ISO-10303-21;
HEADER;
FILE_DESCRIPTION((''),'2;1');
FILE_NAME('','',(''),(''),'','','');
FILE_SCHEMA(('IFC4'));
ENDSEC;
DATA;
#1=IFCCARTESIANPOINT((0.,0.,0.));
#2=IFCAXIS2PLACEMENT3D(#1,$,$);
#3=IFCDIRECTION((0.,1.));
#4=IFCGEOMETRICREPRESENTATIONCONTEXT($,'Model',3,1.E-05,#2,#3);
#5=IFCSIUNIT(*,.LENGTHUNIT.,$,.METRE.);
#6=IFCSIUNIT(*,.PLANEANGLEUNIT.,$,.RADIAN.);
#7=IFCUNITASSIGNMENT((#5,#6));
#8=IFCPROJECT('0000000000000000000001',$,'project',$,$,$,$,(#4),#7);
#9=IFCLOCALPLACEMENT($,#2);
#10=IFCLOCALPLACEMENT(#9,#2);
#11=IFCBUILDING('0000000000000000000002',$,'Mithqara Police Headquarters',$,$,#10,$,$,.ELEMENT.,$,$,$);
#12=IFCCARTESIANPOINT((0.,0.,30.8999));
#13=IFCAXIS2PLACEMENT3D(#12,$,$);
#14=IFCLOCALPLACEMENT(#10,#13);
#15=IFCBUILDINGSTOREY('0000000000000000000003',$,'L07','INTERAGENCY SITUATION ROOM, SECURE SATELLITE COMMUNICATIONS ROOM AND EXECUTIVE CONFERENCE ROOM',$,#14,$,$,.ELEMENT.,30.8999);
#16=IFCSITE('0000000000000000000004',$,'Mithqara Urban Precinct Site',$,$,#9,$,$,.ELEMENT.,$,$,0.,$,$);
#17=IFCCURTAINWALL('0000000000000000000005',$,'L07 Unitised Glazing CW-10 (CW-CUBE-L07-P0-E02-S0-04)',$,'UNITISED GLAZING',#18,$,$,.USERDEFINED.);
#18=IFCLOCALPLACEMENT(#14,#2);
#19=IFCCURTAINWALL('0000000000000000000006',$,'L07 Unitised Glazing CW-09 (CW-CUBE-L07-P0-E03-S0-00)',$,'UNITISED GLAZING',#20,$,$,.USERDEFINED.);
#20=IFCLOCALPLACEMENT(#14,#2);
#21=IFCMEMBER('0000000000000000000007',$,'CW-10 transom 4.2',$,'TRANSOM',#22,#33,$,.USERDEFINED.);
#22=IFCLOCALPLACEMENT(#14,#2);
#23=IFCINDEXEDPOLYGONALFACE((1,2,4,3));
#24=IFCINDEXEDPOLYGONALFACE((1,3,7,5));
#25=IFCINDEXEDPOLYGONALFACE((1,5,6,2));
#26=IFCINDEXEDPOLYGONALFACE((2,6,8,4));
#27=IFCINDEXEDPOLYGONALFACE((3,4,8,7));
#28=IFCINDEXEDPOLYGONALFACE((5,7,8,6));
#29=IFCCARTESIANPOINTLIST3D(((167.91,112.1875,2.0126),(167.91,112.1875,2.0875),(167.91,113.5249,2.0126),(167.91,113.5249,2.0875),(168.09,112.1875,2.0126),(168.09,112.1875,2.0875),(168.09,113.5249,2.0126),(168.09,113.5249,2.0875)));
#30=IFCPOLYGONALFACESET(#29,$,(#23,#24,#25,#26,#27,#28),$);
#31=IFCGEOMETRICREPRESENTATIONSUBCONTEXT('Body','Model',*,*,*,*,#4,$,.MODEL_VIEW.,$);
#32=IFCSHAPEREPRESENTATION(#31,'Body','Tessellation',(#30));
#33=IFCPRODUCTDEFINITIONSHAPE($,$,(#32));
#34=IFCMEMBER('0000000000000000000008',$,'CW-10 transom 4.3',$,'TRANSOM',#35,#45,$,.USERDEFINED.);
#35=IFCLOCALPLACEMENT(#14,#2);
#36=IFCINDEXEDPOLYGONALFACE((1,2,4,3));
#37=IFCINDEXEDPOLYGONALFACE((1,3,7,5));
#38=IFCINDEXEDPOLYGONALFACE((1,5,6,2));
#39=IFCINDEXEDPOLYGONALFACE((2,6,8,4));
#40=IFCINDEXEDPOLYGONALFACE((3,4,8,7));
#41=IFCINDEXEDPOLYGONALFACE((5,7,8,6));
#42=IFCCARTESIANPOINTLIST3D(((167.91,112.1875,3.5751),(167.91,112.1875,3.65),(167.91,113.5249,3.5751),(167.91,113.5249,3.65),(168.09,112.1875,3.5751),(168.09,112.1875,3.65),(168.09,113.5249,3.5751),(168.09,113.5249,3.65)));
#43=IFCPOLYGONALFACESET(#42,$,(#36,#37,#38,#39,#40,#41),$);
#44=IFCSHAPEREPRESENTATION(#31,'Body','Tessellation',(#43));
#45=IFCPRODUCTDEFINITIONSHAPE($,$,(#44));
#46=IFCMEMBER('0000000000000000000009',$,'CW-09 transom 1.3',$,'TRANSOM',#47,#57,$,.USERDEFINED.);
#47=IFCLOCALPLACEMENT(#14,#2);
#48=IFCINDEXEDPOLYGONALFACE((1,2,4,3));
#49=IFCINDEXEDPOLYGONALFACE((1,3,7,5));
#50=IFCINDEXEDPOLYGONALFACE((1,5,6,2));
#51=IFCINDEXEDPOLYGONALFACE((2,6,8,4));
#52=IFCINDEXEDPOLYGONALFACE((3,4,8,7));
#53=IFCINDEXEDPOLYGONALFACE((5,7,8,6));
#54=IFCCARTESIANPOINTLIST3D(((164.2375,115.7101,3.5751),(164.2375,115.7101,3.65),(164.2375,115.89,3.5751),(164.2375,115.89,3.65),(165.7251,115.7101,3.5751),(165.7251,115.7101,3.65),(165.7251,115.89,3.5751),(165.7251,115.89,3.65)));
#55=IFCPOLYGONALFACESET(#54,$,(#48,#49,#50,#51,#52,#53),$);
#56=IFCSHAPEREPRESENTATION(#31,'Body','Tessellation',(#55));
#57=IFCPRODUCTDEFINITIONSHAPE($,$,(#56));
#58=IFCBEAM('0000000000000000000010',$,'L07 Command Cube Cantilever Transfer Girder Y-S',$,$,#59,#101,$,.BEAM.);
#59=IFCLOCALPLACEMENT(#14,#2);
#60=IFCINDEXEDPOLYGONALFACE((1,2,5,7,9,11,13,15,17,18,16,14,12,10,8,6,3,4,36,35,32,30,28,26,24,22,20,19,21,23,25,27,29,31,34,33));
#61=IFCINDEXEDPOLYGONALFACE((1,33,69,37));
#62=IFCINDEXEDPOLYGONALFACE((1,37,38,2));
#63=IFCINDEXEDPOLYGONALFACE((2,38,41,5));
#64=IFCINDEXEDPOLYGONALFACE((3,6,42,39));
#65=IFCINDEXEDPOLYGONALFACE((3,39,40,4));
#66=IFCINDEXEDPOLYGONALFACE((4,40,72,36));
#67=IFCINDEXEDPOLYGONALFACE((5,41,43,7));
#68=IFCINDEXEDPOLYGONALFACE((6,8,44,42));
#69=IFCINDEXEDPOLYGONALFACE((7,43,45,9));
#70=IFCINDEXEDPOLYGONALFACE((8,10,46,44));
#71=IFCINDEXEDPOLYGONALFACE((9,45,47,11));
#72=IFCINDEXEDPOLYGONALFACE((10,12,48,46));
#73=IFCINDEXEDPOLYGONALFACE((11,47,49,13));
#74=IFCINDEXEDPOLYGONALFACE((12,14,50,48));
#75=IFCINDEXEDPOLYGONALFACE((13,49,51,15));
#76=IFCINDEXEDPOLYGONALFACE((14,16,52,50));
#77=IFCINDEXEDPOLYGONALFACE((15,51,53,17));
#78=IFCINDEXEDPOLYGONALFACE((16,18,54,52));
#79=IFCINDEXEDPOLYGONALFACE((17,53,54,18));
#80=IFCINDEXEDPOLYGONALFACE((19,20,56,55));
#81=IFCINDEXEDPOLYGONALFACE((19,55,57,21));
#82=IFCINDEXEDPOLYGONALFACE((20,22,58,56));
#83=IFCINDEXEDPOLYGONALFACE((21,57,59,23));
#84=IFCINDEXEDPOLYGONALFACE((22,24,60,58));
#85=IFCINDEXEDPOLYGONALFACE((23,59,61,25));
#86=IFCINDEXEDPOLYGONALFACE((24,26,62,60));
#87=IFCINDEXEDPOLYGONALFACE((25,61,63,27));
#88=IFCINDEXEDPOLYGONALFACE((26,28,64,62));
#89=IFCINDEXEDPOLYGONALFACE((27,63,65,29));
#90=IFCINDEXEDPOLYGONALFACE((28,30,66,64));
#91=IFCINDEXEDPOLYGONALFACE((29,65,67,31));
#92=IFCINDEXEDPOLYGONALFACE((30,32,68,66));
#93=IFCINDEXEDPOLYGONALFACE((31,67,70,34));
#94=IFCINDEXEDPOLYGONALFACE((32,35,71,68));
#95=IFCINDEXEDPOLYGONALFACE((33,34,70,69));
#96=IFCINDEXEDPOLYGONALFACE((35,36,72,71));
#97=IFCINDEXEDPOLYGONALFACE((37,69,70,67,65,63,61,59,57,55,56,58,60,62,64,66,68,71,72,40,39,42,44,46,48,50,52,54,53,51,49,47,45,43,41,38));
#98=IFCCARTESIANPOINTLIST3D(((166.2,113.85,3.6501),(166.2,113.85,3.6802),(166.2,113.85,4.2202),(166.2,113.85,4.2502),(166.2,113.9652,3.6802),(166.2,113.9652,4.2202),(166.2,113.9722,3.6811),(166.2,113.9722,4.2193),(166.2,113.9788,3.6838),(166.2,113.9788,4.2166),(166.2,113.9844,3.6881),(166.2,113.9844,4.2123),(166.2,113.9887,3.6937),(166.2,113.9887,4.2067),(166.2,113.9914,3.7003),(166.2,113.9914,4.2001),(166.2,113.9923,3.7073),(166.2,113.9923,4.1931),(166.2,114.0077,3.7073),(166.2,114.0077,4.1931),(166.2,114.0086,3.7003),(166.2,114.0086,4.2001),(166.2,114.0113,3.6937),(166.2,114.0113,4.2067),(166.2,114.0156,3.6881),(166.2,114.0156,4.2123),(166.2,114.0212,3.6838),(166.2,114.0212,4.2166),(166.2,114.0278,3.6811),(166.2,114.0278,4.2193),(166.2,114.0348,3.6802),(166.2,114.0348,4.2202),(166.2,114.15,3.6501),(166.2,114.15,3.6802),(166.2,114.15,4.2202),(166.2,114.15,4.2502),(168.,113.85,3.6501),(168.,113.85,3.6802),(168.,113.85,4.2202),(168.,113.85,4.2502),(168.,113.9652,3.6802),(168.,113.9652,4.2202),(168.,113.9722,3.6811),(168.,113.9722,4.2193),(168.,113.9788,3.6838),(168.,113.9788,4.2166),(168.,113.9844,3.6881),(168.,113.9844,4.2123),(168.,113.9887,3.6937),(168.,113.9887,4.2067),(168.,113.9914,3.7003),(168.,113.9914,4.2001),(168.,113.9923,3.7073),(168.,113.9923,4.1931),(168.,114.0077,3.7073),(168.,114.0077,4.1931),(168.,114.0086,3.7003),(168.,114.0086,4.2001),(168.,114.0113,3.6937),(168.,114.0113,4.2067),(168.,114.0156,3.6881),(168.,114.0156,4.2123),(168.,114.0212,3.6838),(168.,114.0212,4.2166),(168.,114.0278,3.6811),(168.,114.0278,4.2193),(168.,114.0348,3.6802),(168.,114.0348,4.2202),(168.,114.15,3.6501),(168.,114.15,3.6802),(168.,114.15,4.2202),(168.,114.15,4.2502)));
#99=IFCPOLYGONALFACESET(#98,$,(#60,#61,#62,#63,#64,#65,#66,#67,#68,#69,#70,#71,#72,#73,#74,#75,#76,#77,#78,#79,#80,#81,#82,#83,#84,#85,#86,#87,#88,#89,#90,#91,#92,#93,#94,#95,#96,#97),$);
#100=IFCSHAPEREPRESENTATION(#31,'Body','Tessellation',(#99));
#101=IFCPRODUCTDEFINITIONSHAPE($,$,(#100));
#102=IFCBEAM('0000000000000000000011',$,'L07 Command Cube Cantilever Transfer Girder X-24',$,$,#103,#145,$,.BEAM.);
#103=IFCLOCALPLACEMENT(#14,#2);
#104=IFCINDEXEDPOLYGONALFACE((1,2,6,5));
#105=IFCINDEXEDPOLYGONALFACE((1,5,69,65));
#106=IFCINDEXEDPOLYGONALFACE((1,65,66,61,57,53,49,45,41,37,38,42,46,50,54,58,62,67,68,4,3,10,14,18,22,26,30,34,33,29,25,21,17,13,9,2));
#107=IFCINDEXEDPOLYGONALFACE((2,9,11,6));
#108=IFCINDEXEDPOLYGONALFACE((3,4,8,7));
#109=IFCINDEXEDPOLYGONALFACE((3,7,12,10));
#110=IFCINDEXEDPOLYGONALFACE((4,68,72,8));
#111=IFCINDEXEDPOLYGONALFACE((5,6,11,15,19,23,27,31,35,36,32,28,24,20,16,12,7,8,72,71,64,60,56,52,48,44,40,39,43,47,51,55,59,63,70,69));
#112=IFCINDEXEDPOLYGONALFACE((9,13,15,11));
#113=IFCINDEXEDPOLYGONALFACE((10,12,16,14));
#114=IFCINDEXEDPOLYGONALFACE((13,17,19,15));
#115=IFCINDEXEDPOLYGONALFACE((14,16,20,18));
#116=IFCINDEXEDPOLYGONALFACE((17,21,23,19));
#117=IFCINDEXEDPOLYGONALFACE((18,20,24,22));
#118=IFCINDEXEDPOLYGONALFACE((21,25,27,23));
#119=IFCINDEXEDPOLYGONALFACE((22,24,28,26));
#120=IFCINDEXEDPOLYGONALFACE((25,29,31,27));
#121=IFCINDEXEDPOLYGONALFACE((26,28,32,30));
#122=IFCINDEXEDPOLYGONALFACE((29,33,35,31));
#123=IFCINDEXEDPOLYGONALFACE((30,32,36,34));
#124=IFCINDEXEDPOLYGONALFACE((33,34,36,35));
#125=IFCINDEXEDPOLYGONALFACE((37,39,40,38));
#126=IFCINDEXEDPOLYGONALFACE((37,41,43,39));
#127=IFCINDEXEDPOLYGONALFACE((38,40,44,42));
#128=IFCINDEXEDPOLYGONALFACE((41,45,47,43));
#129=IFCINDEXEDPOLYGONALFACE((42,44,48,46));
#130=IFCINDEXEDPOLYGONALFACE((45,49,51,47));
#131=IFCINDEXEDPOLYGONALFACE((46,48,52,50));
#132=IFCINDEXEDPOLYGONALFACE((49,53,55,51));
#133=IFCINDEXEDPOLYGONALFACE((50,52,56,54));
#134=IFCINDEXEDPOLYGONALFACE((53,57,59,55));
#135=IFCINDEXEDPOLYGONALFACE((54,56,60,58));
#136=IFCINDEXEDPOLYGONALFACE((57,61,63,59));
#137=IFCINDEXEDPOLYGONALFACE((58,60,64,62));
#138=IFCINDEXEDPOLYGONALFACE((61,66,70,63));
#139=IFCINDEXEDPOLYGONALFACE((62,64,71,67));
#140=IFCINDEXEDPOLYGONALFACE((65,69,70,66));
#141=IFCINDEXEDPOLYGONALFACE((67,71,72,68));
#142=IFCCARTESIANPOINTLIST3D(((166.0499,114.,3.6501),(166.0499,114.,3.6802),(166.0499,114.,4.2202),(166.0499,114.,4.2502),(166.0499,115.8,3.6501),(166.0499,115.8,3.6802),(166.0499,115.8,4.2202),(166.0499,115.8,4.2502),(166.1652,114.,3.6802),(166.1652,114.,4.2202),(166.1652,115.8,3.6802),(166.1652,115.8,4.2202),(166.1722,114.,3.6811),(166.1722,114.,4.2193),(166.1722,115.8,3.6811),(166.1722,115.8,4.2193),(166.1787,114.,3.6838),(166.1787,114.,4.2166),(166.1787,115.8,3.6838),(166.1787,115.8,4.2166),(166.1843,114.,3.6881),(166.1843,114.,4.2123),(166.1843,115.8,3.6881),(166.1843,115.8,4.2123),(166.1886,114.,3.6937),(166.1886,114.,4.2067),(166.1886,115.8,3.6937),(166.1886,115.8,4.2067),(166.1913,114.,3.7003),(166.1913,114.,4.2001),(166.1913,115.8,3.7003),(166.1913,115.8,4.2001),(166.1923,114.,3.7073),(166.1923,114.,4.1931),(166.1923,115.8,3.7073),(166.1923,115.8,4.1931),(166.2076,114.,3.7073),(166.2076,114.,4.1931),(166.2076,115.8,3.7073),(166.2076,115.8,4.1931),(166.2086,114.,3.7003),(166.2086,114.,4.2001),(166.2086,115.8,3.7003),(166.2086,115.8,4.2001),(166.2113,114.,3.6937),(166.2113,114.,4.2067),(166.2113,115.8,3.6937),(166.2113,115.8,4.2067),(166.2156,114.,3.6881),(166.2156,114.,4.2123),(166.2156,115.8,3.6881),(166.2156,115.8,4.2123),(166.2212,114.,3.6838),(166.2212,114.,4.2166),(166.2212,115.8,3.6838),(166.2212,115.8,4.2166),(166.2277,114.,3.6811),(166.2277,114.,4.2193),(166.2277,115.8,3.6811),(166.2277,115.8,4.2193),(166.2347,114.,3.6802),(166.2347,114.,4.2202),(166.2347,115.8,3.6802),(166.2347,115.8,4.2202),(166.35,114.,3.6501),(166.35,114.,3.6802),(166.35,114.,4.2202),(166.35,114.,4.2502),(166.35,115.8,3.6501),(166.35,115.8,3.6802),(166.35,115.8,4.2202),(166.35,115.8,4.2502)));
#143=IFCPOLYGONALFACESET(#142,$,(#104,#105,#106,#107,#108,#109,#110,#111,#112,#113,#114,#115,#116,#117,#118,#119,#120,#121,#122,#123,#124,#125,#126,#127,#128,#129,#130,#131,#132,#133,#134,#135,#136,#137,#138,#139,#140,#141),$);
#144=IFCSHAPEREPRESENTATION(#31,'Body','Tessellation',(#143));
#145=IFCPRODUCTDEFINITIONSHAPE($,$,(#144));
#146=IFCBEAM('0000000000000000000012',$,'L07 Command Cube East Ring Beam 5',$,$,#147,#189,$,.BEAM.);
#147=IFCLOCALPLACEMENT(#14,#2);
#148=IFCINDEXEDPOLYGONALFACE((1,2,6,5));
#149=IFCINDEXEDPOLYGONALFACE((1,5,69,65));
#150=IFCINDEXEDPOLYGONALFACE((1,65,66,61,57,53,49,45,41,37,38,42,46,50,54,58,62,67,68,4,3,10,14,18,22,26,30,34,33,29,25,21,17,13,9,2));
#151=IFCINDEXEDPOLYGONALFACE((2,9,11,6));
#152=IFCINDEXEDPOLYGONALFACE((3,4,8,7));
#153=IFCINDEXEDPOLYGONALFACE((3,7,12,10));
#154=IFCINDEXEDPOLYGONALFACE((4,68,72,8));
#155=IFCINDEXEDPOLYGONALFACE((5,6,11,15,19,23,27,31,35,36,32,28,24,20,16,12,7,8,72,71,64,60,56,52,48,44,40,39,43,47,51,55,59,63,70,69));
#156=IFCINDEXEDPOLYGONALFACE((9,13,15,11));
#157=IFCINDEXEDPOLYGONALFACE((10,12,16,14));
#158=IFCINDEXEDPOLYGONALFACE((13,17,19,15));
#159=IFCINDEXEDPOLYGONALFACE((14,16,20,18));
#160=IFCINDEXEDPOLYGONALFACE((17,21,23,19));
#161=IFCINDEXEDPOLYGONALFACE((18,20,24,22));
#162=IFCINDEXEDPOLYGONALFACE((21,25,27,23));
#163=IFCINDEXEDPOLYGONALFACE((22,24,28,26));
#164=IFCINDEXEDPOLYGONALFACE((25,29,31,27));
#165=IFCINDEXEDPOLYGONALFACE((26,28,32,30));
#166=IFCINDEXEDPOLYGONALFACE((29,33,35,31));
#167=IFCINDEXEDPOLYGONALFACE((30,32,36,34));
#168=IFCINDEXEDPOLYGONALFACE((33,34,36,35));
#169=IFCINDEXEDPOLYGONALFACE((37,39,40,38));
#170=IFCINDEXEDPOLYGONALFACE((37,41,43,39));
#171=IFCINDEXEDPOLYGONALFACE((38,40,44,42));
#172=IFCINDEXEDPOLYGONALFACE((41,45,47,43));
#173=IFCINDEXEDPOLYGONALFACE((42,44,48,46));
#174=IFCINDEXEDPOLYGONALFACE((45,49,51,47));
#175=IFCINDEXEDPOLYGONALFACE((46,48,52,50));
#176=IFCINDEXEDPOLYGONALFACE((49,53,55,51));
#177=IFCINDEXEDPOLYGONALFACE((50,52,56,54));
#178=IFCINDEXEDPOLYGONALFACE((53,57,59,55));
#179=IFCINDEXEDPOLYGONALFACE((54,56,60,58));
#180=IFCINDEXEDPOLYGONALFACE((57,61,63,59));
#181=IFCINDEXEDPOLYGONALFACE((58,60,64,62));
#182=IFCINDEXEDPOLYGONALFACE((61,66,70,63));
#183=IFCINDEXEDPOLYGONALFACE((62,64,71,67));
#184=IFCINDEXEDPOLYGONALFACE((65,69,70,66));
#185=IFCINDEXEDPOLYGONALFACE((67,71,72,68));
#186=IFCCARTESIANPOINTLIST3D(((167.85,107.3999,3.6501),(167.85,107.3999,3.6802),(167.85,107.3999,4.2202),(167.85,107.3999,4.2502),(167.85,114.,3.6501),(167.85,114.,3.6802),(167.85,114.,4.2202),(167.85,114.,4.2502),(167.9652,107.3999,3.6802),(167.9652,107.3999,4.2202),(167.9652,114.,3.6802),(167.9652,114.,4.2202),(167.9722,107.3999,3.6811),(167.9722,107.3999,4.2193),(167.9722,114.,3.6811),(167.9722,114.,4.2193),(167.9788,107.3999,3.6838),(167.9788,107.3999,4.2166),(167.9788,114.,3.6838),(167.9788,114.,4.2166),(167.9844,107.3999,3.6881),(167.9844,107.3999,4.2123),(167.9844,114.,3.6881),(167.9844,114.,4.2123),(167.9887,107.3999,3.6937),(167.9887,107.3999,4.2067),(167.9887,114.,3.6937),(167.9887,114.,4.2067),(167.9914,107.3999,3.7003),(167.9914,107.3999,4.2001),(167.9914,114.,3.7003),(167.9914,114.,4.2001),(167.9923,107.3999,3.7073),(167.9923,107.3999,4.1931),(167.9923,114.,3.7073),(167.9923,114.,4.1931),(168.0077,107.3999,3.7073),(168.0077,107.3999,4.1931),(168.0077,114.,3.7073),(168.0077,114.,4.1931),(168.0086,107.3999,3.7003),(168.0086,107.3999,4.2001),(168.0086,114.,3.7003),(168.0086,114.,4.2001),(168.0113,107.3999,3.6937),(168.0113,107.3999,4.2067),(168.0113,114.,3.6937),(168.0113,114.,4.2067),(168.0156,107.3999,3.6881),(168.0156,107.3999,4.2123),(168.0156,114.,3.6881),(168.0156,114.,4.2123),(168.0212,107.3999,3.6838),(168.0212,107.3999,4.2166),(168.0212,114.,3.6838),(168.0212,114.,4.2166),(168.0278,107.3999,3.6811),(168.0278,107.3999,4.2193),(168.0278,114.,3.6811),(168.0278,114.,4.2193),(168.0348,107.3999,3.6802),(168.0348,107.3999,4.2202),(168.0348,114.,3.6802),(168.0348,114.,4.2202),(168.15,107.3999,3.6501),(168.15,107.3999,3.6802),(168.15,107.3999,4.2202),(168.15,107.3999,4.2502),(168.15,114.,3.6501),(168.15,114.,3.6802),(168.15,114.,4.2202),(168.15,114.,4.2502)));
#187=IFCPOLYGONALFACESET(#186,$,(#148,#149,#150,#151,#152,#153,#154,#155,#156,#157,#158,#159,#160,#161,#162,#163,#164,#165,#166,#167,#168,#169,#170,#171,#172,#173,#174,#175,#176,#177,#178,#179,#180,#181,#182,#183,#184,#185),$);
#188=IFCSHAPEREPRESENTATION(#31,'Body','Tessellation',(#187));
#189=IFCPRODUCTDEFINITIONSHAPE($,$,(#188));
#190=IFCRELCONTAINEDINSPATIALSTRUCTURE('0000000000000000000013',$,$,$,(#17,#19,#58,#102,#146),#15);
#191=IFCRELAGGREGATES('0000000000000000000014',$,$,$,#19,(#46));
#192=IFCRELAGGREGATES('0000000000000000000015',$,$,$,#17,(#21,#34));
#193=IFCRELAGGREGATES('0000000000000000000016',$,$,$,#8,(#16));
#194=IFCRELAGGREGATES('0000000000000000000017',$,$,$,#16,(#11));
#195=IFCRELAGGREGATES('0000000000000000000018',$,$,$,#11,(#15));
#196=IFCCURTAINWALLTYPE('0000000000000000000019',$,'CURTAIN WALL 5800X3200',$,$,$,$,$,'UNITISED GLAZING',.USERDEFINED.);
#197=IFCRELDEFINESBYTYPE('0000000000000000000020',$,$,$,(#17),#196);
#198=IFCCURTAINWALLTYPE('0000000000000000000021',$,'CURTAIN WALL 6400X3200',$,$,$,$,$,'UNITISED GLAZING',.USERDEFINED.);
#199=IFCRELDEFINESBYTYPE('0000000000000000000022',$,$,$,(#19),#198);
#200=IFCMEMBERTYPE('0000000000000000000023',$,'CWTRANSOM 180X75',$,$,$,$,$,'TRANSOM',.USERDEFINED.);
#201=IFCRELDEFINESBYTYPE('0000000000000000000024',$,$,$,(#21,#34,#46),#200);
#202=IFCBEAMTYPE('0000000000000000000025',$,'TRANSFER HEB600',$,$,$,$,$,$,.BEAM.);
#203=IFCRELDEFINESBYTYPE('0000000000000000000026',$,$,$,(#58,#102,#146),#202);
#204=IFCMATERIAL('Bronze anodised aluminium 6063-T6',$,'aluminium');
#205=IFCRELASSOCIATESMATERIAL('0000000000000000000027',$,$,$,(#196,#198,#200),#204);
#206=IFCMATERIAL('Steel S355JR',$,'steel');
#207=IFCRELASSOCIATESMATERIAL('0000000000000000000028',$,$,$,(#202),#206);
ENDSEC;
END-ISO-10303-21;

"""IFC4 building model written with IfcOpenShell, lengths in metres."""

from ifc_helpers import new_model, si_unit, direction, frame, origin, origin_2d, place, context, subcontext, project, spatial, rectangle, i_section, extrude, material, material_profile, profile_set, type_object, element, aggregate, save


model = new_model("IFC4")

# Units and contexts
model_context = context("Model", 3, precision=1e-05, world=origin(), true_north=direction((0.0, 1.0)))
body_context = subcontext(model_context, "Body", "Model", "MODEL_VIEW")
ifc_project = project(units=[si_unit("LENGTHUNIT", "METRE"), si_unit("PLANEANGLEUNIT", "RADIAN")], contexts=[model_context])

# Site, building, storey
site_placement = place(None, origin())
site = spatial("IfcSite", under=ifc_project, at=site_placement, Name="Mithqara Urban Precinct Site", CompositionType="ELEMENT", RefElevation=0.0)
building_placement = place(site_placement, origin())
building = spatial("IfcBuilding", under=site, at=building_placement, Name="Mithqara Police Headquarters", CompositionType="ELEMENT")
storey_placement = place(building_placement, frame((0.0, 0.0, 30.8999)))
storey = spatial("IfcBuildingStorey", under=building, at=storey_placement, Name="L07", Description="INTERAGENCY SITUATION ROOM, SECURE SATELLITE COMMUNICATIONS ROOM AND EXECUTIVE CONFERENCE ROOM", CompositionType="ELEMENT", Elevation=30.8999)

# Shared definitions
ifc_material_1 = material(Name="Steel S355JR", Category="steel")

# Curtain wall
ifc_material_2 = material(Name="Bronze anodised aluminium 6063-T6", Category="aluminium")
curtain_wall_type_1 = type_object("IfcCurtainWallType", Name="CURTAIN WALL 5800X3200", ElementType="UNITISED GLAZING", PredefinedType="USERDEFINED", material=ifc_material_2)
curtain_wall_1_placement = place(storey_placement, origin())
curtain_wall_1 = element("IfcCurtainWall", 1, at=curtain_wall_1_placement, inside=storey, type_object=curtain_wall_type_1, Name="L07 Unitised Glazing CW-10 (CW-CUBE-L07-P0-E02-S0-04)", ObjectType="UNITISED GLAZING", PredefinedType="USERDEFINED")

# Curtain wall
curtain_wall_type_2 = type_object("IfcCurtainWallType", Name="CURTAIN WALL 6400X3200", ElementType="UNITISED GLAZING", PredefinedType="USERDEFINED", material=ifc_material_2)
curtain_wall_2_placement = place(storey_placement, origin())
curtain_wall_2 = element("IfcCurtainWall", 2, at=curtain_wall_2_placement, inside=storey, type_object=curtain_wall_type_2, Name="L07 Unitised Glazing CW-09 (CW-CUBE-L07-P0-E03-S0-00)", ObjectType="UNITISED GLAZING", PredefinedType="USERDEFINED")

# Members
ifc_material_profile_1 = material_profile(ifc_material_2, rectangle(XDim=0.1799, YDim=0.075, at=origin_2d()), Name="CWT 180x75")
ifc_profile_set_1 = profile_set([ifc_material_profile_1], Name="Bronze anodised aluminium 6063-T6")
member_type_1 = type_object("IfcMemberType", Name="CWTRANSOM 180X75", ElementType="TRANSOM", PredefinedType="USERDEFINED", material=ifc_profile_set_1)
member_1_placement = place(storey_placement, frame((168.0, 112.1875, 2.05), z_axis=(0.0, 1.0, 0.0), x_axis=(-1.0, 0.0, 0.0)))
member_1 = element("IfcMember", 3, at=member_1_placement, type_object=member_type_1, Name="CW-10 transom 4.2", ObjectType="TRANSOM", PredefinedType="USERDEFINED", context=body_context, shape_type="SweptSolid", body=[
    extrude(rectangle(XDim=0.1799, YDim=0.075, at=origin_2d()), origin(), (0.0, 0.0, 1.0), 1.3374),
])
member_2_placement = place(storey_placement, frame((168.0, 112.1875, 3.6125), z_axis=(0.0, 1.0, 0.0), x_axis=(-1.0, 0.0, 0.0)))
member_2 = element("IfcMember", 4, at=member_2_placement, type_object=member_type_1, Name="CW-10 transom 4.3", ObjectType="TRANSOM", PredefinedType="USERDEFINED", context=body_context, shape_type="SweptSolid", body=[
    extrude(rectangle(XDim=0.1799, YDim=0.075, at=origin_2d()), origin(), (0.0, 0.0, 1.0), 1.3374),
])
member_3_placement = place(storey_placement, frame((165.7251, 115.8, 3.6125), z_axis=(-1.0, 0.0, 0.0), x_axis=(0.0, -1.0, 0.0)))
member_3 = element("IfcMember", 5, at=member_3_placement, type_object=member_type_1, Name="CW-09 transom 1.3", ObjectType="TRANSOM", PredefinedType="USERDEFINED", context=body_context, shape_type="SweptSolid", body=[
    extrude(rectangle(XDim=0.1799, YDim=0.075, at=origin_2d()), origin(), (0.0, 0.0, 1.0), 1.4875),
])
aggregate(curtain_wall_2, [member_3])

# Beams
ifc_material_profile_2 = material_profile(ifc_material_1, i_section(OverallWidth=0.3, OverallDepth=0.6001, WebThickness=0.0154, FlangeThickness=0.03, FilletRadius=0.0271, at=origin_2d()), Name="HEB 600")
ifc_profile_set_2 = profile_set([ifc_material_profile_2], Name="Steel S355JR")
beam_type = type_object("IfcBeamType", Name="TRANSFER HEB600", PredefinedType="BEAM", material=ifc_profile_set_2)
for number, where, z_axis, x_axis, name in (
    (6, (166.2, 114.0, 3.9502), (1.0, 0.0, 0.0), (0.0, 1.0, 0.0), "L07 Command Cube Cantilever Transfer Girder Y-S"),
    (7, (166.2, 114.0, 3.9502), (0.0, 1.0, 0.0), (-1.0, 0.0, 0.0), "L07 Command Cube Cantilever Transfer Girder X-24"),
):
    element("IfcBeam", number, at=place(storey_placement, frame(where, z_axis=z_axis, x_axis=x_axis)), inside=storey, type_object=beam_type, Name=name, PredefinedType="BEAM", context=body_context, shape_type="SweptSolid", body=[
        extrude(i_section(OverallWidth=0.3, OverallDepth=0.6001, WebThickness=0.0154, FlangeThickness=0.03, FilletRadius=0.0271, at=origin_2d()), origin(), (0.0, 0.0, 1.0), 1.8),
    ])
beam_placement = place(storey_placement, frame((168.0, 107.3999, 3.9502), z_axis=(0.0, 1.0, 0.0), x_axis=(-1.0, 0.0, 0.0)))
element("IfcBeam", 8, at=beam_placement, inside=storey, type_object=beam_type, Name="L07 Command Cube East Ring Beam 5", PredefinedType="BEAM", context=body_context, shape_type="SweptSolid", body=[
    extrude(i_section(OverallWidth=0.3, OverallDepth=0.6001, WebThickness=0.0154, FlangeThickness=0.03, FilletRadius=0.0271, at=origin_2d()), origin(), (0.0, 0.0, 1.0), 6.6001),
])

aggregate(curtain_wall_1, [member_1, member_2])

save(model, "model.ifc")
